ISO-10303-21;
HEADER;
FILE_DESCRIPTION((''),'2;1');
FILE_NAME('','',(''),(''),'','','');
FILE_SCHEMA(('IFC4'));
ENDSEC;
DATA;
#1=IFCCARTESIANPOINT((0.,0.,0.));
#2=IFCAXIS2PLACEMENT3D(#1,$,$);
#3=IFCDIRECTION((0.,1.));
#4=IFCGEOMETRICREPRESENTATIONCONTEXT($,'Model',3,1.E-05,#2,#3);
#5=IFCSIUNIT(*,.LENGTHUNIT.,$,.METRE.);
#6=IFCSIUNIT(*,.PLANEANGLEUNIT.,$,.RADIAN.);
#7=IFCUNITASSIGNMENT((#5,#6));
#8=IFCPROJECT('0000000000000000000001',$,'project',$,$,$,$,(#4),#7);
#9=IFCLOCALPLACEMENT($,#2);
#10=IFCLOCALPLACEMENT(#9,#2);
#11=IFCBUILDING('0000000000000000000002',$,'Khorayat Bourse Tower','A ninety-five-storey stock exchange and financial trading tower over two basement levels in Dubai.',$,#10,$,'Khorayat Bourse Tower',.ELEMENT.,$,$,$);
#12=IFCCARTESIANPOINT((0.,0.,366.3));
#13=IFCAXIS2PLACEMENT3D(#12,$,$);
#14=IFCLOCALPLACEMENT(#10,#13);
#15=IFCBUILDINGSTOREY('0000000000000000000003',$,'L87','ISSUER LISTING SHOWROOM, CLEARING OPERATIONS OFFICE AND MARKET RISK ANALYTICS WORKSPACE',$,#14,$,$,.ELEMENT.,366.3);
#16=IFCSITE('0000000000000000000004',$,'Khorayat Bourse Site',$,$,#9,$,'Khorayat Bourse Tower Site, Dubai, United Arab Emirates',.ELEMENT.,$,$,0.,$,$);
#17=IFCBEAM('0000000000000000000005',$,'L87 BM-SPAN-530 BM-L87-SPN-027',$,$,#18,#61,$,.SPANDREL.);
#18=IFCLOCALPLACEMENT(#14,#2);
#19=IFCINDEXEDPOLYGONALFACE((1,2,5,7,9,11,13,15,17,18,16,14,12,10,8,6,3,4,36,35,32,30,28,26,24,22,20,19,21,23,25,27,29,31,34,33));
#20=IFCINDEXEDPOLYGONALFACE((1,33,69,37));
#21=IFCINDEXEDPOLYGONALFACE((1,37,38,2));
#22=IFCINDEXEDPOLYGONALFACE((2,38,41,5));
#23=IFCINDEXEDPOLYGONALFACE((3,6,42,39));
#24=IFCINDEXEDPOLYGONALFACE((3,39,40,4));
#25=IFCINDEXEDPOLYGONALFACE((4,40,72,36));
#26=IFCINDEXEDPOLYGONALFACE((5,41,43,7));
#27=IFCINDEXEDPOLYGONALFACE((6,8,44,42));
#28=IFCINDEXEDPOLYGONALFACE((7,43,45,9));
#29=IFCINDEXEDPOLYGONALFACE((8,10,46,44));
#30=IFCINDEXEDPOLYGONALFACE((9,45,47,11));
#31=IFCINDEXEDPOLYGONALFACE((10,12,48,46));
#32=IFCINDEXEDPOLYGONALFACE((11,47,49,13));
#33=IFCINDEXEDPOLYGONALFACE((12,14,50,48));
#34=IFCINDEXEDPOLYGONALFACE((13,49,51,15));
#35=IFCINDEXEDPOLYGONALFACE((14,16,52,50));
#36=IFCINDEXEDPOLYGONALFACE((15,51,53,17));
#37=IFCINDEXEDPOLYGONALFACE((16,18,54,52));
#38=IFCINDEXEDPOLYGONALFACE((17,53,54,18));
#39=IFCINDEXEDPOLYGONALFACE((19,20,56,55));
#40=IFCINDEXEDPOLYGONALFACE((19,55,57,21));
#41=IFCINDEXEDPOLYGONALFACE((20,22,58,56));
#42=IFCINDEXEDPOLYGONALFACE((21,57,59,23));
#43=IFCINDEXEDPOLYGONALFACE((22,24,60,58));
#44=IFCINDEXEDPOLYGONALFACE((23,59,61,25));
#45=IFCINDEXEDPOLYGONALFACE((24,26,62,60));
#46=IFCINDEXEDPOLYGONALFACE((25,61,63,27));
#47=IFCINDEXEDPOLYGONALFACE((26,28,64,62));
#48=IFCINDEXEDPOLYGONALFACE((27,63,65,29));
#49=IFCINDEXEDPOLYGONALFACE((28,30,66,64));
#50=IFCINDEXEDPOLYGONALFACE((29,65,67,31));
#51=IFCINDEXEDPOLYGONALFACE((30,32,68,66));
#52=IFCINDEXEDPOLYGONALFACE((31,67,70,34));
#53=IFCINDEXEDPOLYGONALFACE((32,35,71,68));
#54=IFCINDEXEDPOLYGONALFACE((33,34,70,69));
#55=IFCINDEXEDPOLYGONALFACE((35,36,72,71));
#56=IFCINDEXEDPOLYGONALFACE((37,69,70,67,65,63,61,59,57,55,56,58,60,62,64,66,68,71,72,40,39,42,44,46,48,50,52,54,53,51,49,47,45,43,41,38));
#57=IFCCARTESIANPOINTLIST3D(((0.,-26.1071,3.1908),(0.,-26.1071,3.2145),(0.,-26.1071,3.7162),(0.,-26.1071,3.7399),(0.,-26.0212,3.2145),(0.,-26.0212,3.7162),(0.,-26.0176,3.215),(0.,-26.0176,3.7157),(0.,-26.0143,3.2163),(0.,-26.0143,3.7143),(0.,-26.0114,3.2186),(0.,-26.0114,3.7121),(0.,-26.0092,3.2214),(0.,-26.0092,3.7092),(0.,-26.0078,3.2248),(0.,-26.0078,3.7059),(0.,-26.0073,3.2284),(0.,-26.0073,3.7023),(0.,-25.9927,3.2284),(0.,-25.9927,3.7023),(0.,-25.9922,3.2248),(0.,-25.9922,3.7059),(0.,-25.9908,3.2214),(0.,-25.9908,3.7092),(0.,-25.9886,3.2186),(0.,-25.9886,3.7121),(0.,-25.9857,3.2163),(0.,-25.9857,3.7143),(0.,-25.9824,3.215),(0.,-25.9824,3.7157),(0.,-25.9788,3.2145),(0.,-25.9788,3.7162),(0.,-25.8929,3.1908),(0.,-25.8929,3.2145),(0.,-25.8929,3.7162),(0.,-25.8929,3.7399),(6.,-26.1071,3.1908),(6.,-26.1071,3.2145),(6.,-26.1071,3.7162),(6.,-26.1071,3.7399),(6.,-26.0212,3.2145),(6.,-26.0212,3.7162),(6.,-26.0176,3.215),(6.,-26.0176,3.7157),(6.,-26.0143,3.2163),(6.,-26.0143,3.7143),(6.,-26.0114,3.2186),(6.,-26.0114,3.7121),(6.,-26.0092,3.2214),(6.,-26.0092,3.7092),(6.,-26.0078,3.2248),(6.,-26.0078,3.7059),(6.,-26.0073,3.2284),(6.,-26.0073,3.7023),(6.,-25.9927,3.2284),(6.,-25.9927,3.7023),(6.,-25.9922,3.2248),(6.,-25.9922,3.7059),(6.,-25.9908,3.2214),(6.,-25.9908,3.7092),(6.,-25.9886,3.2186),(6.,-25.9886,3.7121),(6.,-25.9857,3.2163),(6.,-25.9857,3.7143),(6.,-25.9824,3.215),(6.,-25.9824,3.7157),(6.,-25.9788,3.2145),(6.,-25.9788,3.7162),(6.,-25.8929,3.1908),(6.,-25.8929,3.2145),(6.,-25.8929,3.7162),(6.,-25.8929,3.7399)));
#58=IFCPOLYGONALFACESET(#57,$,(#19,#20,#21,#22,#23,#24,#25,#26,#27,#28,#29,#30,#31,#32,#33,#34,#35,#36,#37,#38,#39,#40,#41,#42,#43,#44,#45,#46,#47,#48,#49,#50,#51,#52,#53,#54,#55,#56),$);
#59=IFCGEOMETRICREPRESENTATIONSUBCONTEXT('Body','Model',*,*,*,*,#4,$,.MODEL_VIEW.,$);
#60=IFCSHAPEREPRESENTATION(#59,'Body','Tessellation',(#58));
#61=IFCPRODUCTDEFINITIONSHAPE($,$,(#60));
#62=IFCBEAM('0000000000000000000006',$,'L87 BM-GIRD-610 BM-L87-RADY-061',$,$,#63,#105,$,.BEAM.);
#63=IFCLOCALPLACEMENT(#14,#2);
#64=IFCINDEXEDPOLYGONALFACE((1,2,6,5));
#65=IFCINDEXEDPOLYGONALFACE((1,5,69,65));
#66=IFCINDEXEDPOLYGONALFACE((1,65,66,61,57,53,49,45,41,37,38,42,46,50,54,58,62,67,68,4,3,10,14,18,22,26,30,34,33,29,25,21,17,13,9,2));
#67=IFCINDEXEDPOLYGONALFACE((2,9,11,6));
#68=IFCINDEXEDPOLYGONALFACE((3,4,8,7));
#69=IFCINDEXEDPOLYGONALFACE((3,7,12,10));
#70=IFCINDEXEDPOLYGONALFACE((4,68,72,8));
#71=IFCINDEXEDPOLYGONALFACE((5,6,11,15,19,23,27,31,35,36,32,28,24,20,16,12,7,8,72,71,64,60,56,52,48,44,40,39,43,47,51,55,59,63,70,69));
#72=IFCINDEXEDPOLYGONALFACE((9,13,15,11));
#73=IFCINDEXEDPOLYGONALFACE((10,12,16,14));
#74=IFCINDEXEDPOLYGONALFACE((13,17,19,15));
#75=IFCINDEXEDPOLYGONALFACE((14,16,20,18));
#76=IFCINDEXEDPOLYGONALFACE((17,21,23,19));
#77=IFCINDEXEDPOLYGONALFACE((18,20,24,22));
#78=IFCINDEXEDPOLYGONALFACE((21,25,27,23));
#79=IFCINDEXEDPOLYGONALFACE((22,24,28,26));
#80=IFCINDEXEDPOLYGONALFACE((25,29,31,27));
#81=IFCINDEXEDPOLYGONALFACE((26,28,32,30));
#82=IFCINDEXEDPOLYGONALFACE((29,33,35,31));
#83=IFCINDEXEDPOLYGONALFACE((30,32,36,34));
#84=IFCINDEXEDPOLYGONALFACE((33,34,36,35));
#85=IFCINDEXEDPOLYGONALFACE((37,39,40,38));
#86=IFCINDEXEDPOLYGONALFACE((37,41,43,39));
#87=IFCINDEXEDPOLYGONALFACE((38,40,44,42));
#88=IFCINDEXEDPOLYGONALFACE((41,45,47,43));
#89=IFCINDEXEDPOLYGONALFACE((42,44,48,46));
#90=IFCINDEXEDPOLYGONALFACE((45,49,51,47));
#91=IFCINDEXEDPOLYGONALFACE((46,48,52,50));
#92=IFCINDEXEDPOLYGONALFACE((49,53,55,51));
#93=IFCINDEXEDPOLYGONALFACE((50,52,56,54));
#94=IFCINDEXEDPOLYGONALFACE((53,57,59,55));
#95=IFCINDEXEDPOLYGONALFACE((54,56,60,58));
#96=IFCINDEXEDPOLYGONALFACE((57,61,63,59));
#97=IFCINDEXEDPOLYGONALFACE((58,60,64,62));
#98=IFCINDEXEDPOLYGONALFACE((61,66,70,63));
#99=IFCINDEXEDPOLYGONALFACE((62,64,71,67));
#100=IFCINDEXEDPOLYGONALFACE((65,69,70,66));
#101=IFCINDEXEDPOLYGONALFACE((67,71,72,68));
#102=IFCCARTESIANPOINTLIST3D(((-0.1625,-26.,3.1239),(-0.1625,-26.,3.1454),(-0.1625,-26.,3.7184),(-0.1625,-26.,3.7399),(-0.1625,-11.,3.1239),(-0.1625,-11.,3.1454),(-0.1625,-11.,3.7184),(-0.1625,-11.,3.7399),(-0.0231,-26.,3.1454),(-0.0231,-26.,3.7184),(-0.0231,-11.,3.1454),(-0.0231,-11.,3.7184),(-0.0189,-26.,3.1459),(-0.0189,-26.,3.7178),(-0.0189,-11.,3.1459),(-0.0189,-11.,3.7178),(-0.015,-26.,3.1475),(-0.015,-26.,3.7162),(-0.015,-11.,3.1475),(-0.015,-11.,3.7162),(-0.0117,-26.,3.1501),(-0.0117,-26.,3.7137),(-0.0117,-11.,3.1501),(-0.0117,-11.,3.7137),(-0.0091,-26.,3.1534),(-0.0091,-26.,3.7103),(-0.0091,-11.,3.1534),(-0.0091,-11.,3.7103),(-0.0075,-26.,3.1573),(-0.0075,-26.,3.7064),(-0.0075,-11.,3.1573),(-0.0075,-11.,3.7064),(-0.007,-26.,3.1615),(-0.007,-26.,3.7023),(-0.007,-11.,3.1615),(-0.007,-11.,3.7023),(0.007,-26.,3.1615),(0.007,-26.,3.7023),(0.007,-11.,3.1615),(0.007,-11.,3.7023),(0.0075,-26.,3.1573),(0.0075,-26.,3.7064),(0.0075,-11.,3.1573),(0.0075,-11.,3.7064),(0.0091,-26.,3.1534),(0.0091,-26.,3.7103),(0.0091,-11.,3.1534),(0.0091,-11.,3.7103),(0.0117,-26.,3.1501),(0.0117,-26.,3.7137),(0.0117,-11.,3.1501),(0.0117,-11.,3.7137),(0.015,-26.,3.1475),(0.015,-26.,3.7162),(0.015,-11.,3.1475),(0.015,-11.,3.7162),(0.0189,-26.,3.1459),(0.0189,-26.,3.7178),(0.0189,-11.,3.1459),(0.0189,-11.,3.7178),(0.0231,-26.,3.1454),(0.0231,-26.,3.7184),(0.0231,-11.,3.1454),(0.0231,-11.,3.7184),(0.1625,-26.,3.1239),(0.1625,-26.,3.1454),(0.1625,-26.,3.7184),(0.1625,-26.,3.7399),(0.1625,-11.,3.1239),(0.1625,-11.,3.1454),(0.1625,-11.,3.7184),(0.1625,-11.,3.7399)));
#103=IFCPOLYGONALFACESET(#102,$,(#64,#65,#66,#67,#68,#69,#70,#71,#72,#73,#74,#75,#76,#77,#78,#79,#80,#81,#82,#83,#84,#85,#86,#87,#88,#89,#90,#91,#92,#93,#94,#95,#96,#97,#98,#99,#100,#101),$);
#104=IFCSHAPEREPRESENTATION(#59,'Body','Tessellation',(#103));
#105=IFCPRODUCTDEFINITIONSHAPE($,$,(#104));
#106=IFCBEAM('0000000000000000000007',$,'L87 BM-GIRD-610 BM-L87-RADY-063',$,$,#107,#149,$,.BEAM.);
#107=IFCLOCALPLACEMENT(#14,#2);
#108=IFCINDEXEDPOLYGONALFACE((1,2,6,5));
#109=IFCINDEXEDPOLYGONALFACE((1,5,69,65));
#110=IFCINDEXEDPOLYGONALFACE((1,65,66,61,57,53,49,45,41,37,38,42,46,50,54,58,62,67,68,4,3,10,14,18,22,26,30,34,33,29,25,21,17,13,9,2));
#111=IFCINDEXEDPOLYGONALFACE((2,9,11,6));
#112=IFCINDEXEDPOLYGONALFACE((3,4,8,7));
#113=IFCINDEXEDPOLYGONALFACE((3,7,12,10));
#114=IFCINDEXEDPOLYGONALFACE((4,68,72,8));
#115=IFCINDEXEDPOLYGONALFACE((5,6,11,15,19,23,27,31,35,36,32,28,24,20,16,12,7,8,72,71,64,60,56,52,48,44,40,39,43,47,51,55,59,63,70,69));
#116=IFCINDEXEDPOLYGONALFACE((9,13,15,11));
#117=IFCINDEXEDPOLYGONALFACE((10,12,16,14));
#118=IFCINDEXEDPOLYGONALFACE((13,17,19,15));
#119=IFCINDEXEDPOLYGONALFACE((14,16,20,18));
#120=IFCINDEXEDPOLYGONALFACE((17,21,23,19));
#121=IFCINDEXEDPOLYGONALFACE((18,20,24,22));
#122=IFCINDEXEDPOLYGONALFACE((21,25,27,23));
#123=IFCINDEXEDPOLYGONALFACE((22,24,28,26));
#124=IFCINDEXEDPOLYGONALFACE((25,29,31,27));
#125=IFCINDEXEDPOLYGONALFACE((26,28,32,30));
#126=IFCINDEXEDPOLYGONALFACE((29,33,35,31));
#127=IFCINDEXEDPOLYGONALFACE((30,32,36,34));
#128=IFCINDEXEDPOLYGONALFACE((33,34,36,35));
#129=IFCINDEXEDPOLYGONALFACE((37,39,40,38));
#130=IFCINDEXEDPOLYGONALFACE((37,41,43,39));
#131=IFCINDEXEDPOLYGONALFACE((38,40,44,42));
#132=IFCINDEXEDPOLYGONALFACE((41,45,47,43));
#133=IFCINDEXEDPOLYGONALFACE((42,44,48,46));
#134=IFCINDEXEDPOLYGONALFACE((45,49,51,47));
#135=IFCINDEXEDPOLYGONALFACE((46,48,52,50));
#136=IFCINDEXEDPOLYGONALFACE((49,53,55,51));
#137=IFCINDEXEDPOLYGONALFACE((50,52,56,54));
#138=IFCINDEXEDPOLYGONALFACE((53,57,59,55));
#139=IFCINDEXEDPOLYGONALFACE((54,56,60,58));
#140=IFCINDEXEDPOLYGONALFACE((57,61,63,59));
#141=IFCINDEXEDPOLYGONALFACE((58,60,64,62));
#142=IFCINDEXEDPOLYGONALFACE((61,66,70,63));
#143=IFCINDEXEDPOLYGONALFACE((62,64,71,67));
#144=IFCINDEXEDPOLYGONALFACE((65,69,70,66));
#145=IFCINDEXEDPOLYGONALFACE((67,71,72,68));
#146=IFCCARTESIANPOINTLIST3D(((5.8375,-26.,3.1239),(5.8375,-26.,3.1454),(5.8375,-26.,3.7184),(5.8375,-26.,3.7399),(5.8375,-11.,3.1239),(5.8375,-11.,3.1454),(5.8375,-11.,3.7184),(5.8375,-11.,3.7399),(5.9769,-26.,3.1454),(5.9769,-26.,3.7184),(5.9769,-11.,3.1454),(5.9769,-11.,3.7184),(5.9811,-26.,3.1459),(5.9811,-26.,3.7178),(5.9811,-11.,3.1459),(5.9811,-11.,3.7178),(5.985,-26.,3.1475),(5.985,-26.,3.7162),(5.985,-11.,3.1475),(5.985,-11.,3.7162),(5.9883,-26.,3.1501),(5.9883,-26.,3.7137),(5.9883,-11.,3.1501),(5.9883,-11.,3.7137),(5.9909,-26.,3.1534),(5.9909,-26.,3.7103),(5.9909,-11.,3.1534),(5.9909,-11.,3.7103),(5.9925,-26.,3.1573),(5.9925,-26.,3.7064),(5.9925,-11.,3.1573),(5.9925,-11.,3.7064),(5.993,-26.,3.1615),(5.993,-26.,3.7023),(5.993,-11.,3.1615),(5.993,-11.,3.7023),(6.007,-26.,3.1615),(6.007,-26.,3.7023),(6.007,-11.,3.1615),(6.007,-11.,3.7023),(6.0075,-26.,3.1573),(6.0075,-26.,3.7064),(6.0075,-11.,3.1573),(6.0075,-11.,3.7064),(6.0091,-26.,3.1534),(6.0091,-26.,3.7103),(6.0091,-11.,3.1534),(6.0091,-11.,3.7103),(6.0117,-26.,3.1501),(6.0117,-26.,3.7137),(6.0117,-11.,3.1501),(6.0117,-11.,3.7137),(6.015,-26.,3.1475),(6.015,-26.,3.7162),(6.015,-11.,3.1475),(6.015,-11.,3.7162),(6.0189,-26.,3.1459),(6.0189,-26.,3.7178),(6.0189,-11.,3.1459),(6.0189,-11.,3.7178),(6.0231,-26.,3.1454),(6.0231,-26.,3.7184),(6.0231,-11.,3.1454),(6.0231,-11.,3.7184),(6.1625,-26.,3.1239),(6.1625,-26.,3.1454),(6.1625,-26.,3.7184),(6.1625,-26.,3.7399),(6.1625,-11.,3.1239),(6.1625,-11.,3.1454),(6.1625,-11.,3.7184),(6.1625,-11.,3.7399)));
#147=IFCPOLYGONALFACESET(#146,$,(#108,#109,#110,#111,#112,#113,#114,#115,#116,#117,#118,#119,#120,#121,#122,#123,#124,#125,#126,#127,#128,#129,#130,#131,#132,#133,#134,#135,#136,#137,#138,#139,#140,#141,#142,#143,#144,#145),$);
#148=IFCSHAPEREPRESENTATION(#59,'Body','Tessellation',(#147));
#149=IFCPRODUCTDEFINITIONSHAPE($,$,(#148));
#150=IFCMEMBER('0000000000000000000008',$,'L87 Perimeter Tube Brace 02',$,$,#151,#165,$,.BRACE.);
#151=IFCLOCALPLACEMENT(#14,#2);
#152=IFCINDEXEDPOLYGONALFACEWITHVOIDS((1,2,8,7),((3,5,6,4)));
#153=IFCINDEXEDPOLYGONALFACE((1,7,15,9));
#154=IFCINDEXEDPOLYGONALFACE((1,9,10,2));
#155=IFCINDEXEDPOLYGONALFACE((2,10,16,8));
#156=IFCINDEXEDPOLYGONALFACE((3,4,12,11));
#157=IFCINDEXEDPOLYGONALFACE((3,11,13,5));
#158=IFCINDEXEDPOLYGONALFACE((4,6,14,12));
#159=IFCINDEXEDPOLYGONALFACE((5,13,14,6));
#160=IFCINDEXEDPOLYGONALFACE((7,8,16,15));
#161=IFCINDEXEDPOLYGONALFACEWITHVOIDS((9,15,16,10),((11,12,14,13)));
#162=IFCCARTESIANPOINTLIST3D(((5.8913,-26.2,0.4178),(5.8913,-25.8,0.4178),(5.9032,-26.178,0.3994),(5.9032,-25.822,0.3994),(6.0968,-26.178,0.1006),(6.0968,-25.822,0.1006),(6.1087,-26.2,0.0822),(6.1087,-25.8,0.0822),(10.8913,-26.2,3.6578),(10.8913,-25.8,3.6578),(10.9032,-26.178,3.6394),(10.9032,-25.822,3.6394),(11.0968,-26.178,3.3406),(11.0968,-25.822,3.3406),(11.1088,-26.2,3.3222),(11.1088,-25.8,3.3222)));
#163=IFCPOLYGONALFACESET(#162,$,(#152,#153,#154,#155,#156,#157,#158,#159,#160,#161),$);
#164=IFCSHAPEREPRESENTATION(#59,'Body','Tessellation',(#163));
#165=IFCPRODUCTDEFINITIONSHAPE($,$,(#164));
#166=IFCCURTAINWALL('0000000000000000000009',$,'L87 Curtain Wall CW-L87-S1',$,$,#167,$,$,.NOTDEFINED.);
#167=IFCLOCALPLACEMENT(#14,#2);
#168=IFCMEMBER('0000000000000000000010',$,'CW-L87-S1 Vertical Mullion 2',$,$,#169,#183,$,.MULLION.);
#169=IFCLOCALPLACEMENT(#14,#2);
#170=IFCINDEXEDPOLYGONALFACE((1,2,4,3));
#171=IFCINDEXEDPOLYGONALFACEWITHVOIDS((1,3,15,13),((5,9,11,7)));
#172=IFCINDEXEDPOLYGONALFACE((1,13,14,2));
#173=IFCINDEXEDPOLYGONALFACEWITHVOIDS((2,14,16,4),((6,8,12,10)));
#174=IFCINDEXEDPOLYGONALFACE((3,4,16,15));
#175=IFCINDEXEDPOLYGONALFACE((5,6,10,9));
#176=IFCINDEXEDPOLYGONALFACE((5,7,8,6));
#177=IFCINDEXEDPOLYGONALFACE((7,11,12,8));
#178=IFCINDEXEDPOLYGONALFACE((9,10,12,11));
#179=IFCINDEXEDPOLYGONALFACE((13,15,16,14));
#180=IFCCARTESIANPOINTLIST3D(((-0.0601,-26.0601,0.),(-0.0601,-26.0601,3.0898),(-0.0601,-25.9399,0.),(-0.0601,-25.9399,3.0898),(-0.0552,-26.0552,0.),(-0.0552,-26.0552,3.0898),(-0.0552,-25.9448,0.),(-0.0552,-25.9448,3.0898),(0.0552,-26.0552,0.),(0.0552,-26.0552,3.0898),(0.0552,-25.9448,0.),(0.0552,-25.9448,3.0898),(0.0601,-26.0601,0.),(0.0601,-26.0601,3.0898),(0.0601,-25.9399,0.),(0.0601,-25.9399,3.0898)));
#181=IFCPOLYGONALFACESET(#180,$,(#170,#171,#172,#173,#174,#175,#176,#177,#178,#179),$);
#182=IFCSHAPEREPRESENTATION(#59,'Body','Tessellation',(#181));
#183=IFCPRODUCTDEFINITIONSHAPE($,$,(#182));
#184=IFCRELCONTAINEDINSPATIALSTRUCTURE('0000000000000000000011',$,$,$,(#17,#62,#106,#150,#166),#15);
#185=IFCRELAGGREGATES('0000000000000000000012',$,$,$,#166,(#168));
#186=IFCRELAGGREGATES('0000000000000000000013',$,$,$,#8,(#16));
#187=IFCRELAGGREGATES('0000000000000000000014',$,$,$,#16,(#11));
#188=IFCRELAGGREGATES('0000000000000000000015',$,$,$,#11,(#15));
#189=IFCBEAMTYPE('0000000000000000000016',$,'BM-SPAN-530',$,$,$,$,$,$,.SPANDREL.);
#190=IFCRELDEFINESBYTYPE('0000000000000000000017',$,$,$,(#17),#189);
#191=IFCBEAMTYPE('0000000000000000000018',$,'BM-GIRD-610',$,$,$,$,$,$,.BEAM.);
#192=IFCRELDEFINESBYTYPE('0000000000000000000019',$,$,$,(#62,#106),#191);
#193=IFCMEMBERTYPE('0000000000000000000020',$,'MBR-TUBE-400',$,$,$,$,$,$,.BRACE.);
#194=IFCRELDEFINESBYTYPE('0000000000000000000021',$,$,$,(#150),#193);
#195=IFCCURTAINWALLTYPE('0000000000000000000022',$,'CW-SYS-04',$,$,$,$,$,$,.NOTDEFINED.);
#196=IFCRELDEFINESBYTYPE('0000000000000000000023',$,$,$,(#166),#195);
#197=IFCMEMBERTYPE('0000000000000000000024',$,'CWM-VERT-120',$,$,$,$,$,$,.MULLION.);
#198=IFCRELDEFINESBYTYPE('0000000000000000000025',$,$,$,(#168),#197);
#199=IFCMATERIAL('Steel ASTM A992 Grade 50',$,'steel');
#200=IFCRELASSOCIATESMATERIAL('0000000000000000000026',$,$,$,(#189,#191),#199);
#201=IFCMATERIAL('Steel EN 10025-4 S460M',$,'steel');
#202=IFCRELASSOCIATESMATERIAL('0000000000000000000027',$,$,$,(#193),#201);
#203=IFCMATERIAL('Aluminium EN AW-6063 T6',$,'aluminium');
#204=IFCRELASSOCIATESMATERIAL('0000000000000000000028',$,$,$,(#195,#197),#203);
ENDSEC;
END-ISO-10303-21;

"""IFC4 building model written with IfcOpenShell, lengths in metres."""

from ifc_helpers import new_model, si_unit, direction, frame, origin, origin_2d, place, context, subcontext, project, spatial, hollow_rectangle, i_section, extrude, source, transform, mapped, material, material_profile, profile_set, type_object, element, aggregate, save


model = new_model("IFC4")

# Units and contexts
model_context = context("Model", 3, precision=1e-05, world=origin(), true_north=direction((0.0, 1.0)))
body_context = subcontext(model_context, "Body", "Model", "MODEL_VIEW")
ifc_project = project(units=[si_unit("LENGTHUNIT", "METRE"), si_unit("PLANEANGLEUNIT", "RADIAN")], contexts=[model_context])

# Site, building, storey
site_placement = place(None, origin())
site = spatial("IfcSite", under=ifc_project, at=site_placement, Name="Khorayat Bourse Site", LongName="Khorayat Bourse Tower Site, Dubai, United Arab Emirates", CompositionType="ELEMENT", RefElevation=0.0)
building_placement = place(site_placement, origin())
building = spatial("IfcBuilding", under=site, at=building_placement, Name="Khorayat Bourse Tower", Description="A ninety-five-storey stock exchange and financial trading tower over two basement levels in Dubai.", LongName="Khorayat Bourse Tower", CompositionType="ELEMENT")
storey_placement = place(building_placement, frame((0.0, 0.0, 366.3)))
storey = spatial("IfcBuildingStorey", under=building, at=storey_placement, Name="L87", Description="ISSUER LISTING SHOWROOM, CLEARING OPERATIONS OFFICE AND MARKET RISK ANALYTICS WORKSPACE", CompositionType="ELEMENT", Elevation=366.3)

# Beams
ifc_material_1 = material(Name="Steel ASTM A992 Grade 50", Category="steel")
ifc_material_profile_1 = material_profile(ifc_material_1, i_section(OverallWidth=0.2141, OverallDepth=0.5491, WebThickness=0.0146, FlangeThickness=0.0237, FilletRadius=0.0139, at=origin_2d()), Name="W530X138")
ifc_profile_set_1 = profile_set([ifc_material_profile_1], Name="Steel ASTM A992 Grade 50")
beam_type_1 = type_object("IfcBeamType", Name="BM-SPAN-530", PredefinedType="SPANDREL", material=ifc_profile_set_1)
shared_shape_1 = source(origin(), body_context, "Body", "SweptSolid", [
    extrude(i_section(OverallWidth=0.2141, OverallDepth=0.5491, WebThickness=0.0146, FlangeThickness=0.0237, FilletRadius=0.0139, at=origin_2d()), origin(), (0.0, 0.0, 1.0), 6.0),
])
beam_1_placement = place(storey_placement, frame((0.0, -26.0, 3.4653), z_axis=(1.0, 0.0, 0.0), x_axis=(0.0, 1.0, 0.0)))
element("IfcBeam", 1, at=beam_1_placement, inside=storey, type_object=beam_type_1, Name="L87 BM-SPAN-530 BM-L87-SPN-027", PredefinedType="SPANDREL", context=body_context, shape_type="MappedRepresentation", body=[
    mapped(shared_shape_1, transform((0.0, 0.0, 0.0), scale=1.0)),
])
ifc_material_profile_2 = material_profile(ifc_material_1, i_section(OverallWidth=0.325, OverallDepth=0.616, WebThickness=0.0139, FlangeThickness=0.0215, FilletRadius=0.0161, at=origin_2d()), Name="W610X174")
ifc_profile_set_2 = profile_set([ifc_material_profile_2], Name="Steel ASTM A992 Grade 50")
beam_type_2 = type_object("IfcBeamType", Name="BM-GIRD-610", PredefinedType="BEAM", material=ifc_profile_set_2)
shared_shape_2 = source(origin(), body_context, "Body", "SweptSolid", [
    extrude(i_section(OverallWidth=0.325, OverallDepth=0.616, WebThickness=0.0139, FlangeThickness=0.0215, FilletRadius=0.0161, at=origin_2d()), origin(), (0.0, 0.0, 1.0), 15.0),
])
for number, where, z_axis, x_axis, name in (
    (2, (0.0, -26.0, 3.4319), (0.0, 1.0, 0.0), (-1.0, 0.0, 0.0), "L87 BM-GIRD-610 BM-L87-RADY-061"),
    (3, (6.0, -26.0, 3.4319), (0.0, 1.0, 0.0), (-1.0, 0.0, 0.0), "L87 BM-GIRD-610 BM-L87-RADY-063"),
):
    element("IfcBeam", number, at=place(storey_placement, frame(where, z_axis=z_axis, x_axis=x_axis)), inside=storey, type_object=beam_type_2, Name=name, PredefinedType="BEAM", context=body_context, shape_type="MappedRepresentation", body=[
        mapped(shared_shape_2, transform((0.0, 0.0, 0.0), scale=1.0)),
    ])

# Member
ifc_material_2 = material(Name="Steel EN 10025-4 S460M", Category="steel")
ifc_material_profile_3 = material_profile(ifc_material_2, hollow_rectangle(XDim=0.3999, YDim=0.3999, WallThickness=0.022, at=origin_2d()), Name="HSS 400x400x22")
ifc_profile_set_3 = profile_set([ifc_material_profile_3], Name="Steel EN 10025-4 S460M")
member_type_1 = type_object("IfcMemberType", Name="MBR-TUBE-400", PredefinedType="BRACE", material=ifc_profile_set_3)
shared_shape_3 = source(origin(), body_context, "Body", "SweptSolid", [
    extrude(hollow_rectangle(XDim=0.3999, YDim=0.3999, WallThickness=0.022, at=origin_2d()), origin(), (0.0, 0.0, 1.0), 5.958),
])
member_1_placement = place(storey_placement, frame((6.0, -26.0, 0.25), z_axis=(0.83921, 0.0, 0.543807), x_axis=(0.0, 1.0, 0.0)))
element("IfcMember", 4, at=member_1_placement, inside=storey, type_object=member_type_1, Name="L87 Perimeter Tube Brace 02", PredefinedType="BRACE", context=body_context, shape_type="MappedRepresentation", body=[
    mapped(shared_shape_3, transform((0.0, 0.0, 0.0), scale=1.0)),
])

# Curtain wall, member
ifc_material_3 = material(Name="Aluminium EN AW-6063 T6", Category="aluminium")
curtain_wall_type = type_object("IfcCurtainWallType", Name="CW-SYS-04", PredefinedType="NOTDEFINED", material=ifc_material_3)
curtain_wall_placement = place(storey_placement, origin())
curtain_wall = element("IfcCurtainWall", 5, at=curtain_wall_placement, inside=storey, type_object=curtain_wall_type, Name="L87 Curtain Wall CW-L87-S1", PredefinedType="NOTDEFINED")
ifc_material_profile_4 = material_profile(ifc_material_3, hollow_rectangle(XDim=0.1201, YDim=0.1201, WallThickness=0.0049, at=origin_2d()), Name="ALU 120x120x5")
ifc_profile_set_4 = profile_set([ifc_material_profile_4], Name="Aluminium EN AW-6063 T6")
member_type_2 = type_object("IfcMemberType", Name="CWM-VERT-120", PredefinedType="MULLION", material=ifc_profile_set_4)
shared_shape_4 = source(origin(), body_context, "Body", "SweptSolid", [
    extrude(hollow_rectangle(XDim=0.1201, YDim=0.1201, WallThickness=0.0049, at=origin_2d()), origin(), (0.0, 0.0, 1.0), 3.0898),
])
member_2_placement = place(storey_placement, frame((0.0, -26.0, 0.0), z_axis=(0.0, 0.0, 1.0), x_axis=(0.0, 1.0, 0.0)))
member_2 = element("IfcMember", 6, at=member_2_placement, type_object=member_type_2, Name="CW-L87-S1 Vertical Mullion 2", PredefinedType="MULLION", context=body_context, shape_type="MappedRepresentation", body=[
    mapped(shared_shape_4, transform((0.0, 0.0, 0.0), scale=1.0)),
])

aggregate(curtain_wall, [member_2])

save(model, "model.ifc")
